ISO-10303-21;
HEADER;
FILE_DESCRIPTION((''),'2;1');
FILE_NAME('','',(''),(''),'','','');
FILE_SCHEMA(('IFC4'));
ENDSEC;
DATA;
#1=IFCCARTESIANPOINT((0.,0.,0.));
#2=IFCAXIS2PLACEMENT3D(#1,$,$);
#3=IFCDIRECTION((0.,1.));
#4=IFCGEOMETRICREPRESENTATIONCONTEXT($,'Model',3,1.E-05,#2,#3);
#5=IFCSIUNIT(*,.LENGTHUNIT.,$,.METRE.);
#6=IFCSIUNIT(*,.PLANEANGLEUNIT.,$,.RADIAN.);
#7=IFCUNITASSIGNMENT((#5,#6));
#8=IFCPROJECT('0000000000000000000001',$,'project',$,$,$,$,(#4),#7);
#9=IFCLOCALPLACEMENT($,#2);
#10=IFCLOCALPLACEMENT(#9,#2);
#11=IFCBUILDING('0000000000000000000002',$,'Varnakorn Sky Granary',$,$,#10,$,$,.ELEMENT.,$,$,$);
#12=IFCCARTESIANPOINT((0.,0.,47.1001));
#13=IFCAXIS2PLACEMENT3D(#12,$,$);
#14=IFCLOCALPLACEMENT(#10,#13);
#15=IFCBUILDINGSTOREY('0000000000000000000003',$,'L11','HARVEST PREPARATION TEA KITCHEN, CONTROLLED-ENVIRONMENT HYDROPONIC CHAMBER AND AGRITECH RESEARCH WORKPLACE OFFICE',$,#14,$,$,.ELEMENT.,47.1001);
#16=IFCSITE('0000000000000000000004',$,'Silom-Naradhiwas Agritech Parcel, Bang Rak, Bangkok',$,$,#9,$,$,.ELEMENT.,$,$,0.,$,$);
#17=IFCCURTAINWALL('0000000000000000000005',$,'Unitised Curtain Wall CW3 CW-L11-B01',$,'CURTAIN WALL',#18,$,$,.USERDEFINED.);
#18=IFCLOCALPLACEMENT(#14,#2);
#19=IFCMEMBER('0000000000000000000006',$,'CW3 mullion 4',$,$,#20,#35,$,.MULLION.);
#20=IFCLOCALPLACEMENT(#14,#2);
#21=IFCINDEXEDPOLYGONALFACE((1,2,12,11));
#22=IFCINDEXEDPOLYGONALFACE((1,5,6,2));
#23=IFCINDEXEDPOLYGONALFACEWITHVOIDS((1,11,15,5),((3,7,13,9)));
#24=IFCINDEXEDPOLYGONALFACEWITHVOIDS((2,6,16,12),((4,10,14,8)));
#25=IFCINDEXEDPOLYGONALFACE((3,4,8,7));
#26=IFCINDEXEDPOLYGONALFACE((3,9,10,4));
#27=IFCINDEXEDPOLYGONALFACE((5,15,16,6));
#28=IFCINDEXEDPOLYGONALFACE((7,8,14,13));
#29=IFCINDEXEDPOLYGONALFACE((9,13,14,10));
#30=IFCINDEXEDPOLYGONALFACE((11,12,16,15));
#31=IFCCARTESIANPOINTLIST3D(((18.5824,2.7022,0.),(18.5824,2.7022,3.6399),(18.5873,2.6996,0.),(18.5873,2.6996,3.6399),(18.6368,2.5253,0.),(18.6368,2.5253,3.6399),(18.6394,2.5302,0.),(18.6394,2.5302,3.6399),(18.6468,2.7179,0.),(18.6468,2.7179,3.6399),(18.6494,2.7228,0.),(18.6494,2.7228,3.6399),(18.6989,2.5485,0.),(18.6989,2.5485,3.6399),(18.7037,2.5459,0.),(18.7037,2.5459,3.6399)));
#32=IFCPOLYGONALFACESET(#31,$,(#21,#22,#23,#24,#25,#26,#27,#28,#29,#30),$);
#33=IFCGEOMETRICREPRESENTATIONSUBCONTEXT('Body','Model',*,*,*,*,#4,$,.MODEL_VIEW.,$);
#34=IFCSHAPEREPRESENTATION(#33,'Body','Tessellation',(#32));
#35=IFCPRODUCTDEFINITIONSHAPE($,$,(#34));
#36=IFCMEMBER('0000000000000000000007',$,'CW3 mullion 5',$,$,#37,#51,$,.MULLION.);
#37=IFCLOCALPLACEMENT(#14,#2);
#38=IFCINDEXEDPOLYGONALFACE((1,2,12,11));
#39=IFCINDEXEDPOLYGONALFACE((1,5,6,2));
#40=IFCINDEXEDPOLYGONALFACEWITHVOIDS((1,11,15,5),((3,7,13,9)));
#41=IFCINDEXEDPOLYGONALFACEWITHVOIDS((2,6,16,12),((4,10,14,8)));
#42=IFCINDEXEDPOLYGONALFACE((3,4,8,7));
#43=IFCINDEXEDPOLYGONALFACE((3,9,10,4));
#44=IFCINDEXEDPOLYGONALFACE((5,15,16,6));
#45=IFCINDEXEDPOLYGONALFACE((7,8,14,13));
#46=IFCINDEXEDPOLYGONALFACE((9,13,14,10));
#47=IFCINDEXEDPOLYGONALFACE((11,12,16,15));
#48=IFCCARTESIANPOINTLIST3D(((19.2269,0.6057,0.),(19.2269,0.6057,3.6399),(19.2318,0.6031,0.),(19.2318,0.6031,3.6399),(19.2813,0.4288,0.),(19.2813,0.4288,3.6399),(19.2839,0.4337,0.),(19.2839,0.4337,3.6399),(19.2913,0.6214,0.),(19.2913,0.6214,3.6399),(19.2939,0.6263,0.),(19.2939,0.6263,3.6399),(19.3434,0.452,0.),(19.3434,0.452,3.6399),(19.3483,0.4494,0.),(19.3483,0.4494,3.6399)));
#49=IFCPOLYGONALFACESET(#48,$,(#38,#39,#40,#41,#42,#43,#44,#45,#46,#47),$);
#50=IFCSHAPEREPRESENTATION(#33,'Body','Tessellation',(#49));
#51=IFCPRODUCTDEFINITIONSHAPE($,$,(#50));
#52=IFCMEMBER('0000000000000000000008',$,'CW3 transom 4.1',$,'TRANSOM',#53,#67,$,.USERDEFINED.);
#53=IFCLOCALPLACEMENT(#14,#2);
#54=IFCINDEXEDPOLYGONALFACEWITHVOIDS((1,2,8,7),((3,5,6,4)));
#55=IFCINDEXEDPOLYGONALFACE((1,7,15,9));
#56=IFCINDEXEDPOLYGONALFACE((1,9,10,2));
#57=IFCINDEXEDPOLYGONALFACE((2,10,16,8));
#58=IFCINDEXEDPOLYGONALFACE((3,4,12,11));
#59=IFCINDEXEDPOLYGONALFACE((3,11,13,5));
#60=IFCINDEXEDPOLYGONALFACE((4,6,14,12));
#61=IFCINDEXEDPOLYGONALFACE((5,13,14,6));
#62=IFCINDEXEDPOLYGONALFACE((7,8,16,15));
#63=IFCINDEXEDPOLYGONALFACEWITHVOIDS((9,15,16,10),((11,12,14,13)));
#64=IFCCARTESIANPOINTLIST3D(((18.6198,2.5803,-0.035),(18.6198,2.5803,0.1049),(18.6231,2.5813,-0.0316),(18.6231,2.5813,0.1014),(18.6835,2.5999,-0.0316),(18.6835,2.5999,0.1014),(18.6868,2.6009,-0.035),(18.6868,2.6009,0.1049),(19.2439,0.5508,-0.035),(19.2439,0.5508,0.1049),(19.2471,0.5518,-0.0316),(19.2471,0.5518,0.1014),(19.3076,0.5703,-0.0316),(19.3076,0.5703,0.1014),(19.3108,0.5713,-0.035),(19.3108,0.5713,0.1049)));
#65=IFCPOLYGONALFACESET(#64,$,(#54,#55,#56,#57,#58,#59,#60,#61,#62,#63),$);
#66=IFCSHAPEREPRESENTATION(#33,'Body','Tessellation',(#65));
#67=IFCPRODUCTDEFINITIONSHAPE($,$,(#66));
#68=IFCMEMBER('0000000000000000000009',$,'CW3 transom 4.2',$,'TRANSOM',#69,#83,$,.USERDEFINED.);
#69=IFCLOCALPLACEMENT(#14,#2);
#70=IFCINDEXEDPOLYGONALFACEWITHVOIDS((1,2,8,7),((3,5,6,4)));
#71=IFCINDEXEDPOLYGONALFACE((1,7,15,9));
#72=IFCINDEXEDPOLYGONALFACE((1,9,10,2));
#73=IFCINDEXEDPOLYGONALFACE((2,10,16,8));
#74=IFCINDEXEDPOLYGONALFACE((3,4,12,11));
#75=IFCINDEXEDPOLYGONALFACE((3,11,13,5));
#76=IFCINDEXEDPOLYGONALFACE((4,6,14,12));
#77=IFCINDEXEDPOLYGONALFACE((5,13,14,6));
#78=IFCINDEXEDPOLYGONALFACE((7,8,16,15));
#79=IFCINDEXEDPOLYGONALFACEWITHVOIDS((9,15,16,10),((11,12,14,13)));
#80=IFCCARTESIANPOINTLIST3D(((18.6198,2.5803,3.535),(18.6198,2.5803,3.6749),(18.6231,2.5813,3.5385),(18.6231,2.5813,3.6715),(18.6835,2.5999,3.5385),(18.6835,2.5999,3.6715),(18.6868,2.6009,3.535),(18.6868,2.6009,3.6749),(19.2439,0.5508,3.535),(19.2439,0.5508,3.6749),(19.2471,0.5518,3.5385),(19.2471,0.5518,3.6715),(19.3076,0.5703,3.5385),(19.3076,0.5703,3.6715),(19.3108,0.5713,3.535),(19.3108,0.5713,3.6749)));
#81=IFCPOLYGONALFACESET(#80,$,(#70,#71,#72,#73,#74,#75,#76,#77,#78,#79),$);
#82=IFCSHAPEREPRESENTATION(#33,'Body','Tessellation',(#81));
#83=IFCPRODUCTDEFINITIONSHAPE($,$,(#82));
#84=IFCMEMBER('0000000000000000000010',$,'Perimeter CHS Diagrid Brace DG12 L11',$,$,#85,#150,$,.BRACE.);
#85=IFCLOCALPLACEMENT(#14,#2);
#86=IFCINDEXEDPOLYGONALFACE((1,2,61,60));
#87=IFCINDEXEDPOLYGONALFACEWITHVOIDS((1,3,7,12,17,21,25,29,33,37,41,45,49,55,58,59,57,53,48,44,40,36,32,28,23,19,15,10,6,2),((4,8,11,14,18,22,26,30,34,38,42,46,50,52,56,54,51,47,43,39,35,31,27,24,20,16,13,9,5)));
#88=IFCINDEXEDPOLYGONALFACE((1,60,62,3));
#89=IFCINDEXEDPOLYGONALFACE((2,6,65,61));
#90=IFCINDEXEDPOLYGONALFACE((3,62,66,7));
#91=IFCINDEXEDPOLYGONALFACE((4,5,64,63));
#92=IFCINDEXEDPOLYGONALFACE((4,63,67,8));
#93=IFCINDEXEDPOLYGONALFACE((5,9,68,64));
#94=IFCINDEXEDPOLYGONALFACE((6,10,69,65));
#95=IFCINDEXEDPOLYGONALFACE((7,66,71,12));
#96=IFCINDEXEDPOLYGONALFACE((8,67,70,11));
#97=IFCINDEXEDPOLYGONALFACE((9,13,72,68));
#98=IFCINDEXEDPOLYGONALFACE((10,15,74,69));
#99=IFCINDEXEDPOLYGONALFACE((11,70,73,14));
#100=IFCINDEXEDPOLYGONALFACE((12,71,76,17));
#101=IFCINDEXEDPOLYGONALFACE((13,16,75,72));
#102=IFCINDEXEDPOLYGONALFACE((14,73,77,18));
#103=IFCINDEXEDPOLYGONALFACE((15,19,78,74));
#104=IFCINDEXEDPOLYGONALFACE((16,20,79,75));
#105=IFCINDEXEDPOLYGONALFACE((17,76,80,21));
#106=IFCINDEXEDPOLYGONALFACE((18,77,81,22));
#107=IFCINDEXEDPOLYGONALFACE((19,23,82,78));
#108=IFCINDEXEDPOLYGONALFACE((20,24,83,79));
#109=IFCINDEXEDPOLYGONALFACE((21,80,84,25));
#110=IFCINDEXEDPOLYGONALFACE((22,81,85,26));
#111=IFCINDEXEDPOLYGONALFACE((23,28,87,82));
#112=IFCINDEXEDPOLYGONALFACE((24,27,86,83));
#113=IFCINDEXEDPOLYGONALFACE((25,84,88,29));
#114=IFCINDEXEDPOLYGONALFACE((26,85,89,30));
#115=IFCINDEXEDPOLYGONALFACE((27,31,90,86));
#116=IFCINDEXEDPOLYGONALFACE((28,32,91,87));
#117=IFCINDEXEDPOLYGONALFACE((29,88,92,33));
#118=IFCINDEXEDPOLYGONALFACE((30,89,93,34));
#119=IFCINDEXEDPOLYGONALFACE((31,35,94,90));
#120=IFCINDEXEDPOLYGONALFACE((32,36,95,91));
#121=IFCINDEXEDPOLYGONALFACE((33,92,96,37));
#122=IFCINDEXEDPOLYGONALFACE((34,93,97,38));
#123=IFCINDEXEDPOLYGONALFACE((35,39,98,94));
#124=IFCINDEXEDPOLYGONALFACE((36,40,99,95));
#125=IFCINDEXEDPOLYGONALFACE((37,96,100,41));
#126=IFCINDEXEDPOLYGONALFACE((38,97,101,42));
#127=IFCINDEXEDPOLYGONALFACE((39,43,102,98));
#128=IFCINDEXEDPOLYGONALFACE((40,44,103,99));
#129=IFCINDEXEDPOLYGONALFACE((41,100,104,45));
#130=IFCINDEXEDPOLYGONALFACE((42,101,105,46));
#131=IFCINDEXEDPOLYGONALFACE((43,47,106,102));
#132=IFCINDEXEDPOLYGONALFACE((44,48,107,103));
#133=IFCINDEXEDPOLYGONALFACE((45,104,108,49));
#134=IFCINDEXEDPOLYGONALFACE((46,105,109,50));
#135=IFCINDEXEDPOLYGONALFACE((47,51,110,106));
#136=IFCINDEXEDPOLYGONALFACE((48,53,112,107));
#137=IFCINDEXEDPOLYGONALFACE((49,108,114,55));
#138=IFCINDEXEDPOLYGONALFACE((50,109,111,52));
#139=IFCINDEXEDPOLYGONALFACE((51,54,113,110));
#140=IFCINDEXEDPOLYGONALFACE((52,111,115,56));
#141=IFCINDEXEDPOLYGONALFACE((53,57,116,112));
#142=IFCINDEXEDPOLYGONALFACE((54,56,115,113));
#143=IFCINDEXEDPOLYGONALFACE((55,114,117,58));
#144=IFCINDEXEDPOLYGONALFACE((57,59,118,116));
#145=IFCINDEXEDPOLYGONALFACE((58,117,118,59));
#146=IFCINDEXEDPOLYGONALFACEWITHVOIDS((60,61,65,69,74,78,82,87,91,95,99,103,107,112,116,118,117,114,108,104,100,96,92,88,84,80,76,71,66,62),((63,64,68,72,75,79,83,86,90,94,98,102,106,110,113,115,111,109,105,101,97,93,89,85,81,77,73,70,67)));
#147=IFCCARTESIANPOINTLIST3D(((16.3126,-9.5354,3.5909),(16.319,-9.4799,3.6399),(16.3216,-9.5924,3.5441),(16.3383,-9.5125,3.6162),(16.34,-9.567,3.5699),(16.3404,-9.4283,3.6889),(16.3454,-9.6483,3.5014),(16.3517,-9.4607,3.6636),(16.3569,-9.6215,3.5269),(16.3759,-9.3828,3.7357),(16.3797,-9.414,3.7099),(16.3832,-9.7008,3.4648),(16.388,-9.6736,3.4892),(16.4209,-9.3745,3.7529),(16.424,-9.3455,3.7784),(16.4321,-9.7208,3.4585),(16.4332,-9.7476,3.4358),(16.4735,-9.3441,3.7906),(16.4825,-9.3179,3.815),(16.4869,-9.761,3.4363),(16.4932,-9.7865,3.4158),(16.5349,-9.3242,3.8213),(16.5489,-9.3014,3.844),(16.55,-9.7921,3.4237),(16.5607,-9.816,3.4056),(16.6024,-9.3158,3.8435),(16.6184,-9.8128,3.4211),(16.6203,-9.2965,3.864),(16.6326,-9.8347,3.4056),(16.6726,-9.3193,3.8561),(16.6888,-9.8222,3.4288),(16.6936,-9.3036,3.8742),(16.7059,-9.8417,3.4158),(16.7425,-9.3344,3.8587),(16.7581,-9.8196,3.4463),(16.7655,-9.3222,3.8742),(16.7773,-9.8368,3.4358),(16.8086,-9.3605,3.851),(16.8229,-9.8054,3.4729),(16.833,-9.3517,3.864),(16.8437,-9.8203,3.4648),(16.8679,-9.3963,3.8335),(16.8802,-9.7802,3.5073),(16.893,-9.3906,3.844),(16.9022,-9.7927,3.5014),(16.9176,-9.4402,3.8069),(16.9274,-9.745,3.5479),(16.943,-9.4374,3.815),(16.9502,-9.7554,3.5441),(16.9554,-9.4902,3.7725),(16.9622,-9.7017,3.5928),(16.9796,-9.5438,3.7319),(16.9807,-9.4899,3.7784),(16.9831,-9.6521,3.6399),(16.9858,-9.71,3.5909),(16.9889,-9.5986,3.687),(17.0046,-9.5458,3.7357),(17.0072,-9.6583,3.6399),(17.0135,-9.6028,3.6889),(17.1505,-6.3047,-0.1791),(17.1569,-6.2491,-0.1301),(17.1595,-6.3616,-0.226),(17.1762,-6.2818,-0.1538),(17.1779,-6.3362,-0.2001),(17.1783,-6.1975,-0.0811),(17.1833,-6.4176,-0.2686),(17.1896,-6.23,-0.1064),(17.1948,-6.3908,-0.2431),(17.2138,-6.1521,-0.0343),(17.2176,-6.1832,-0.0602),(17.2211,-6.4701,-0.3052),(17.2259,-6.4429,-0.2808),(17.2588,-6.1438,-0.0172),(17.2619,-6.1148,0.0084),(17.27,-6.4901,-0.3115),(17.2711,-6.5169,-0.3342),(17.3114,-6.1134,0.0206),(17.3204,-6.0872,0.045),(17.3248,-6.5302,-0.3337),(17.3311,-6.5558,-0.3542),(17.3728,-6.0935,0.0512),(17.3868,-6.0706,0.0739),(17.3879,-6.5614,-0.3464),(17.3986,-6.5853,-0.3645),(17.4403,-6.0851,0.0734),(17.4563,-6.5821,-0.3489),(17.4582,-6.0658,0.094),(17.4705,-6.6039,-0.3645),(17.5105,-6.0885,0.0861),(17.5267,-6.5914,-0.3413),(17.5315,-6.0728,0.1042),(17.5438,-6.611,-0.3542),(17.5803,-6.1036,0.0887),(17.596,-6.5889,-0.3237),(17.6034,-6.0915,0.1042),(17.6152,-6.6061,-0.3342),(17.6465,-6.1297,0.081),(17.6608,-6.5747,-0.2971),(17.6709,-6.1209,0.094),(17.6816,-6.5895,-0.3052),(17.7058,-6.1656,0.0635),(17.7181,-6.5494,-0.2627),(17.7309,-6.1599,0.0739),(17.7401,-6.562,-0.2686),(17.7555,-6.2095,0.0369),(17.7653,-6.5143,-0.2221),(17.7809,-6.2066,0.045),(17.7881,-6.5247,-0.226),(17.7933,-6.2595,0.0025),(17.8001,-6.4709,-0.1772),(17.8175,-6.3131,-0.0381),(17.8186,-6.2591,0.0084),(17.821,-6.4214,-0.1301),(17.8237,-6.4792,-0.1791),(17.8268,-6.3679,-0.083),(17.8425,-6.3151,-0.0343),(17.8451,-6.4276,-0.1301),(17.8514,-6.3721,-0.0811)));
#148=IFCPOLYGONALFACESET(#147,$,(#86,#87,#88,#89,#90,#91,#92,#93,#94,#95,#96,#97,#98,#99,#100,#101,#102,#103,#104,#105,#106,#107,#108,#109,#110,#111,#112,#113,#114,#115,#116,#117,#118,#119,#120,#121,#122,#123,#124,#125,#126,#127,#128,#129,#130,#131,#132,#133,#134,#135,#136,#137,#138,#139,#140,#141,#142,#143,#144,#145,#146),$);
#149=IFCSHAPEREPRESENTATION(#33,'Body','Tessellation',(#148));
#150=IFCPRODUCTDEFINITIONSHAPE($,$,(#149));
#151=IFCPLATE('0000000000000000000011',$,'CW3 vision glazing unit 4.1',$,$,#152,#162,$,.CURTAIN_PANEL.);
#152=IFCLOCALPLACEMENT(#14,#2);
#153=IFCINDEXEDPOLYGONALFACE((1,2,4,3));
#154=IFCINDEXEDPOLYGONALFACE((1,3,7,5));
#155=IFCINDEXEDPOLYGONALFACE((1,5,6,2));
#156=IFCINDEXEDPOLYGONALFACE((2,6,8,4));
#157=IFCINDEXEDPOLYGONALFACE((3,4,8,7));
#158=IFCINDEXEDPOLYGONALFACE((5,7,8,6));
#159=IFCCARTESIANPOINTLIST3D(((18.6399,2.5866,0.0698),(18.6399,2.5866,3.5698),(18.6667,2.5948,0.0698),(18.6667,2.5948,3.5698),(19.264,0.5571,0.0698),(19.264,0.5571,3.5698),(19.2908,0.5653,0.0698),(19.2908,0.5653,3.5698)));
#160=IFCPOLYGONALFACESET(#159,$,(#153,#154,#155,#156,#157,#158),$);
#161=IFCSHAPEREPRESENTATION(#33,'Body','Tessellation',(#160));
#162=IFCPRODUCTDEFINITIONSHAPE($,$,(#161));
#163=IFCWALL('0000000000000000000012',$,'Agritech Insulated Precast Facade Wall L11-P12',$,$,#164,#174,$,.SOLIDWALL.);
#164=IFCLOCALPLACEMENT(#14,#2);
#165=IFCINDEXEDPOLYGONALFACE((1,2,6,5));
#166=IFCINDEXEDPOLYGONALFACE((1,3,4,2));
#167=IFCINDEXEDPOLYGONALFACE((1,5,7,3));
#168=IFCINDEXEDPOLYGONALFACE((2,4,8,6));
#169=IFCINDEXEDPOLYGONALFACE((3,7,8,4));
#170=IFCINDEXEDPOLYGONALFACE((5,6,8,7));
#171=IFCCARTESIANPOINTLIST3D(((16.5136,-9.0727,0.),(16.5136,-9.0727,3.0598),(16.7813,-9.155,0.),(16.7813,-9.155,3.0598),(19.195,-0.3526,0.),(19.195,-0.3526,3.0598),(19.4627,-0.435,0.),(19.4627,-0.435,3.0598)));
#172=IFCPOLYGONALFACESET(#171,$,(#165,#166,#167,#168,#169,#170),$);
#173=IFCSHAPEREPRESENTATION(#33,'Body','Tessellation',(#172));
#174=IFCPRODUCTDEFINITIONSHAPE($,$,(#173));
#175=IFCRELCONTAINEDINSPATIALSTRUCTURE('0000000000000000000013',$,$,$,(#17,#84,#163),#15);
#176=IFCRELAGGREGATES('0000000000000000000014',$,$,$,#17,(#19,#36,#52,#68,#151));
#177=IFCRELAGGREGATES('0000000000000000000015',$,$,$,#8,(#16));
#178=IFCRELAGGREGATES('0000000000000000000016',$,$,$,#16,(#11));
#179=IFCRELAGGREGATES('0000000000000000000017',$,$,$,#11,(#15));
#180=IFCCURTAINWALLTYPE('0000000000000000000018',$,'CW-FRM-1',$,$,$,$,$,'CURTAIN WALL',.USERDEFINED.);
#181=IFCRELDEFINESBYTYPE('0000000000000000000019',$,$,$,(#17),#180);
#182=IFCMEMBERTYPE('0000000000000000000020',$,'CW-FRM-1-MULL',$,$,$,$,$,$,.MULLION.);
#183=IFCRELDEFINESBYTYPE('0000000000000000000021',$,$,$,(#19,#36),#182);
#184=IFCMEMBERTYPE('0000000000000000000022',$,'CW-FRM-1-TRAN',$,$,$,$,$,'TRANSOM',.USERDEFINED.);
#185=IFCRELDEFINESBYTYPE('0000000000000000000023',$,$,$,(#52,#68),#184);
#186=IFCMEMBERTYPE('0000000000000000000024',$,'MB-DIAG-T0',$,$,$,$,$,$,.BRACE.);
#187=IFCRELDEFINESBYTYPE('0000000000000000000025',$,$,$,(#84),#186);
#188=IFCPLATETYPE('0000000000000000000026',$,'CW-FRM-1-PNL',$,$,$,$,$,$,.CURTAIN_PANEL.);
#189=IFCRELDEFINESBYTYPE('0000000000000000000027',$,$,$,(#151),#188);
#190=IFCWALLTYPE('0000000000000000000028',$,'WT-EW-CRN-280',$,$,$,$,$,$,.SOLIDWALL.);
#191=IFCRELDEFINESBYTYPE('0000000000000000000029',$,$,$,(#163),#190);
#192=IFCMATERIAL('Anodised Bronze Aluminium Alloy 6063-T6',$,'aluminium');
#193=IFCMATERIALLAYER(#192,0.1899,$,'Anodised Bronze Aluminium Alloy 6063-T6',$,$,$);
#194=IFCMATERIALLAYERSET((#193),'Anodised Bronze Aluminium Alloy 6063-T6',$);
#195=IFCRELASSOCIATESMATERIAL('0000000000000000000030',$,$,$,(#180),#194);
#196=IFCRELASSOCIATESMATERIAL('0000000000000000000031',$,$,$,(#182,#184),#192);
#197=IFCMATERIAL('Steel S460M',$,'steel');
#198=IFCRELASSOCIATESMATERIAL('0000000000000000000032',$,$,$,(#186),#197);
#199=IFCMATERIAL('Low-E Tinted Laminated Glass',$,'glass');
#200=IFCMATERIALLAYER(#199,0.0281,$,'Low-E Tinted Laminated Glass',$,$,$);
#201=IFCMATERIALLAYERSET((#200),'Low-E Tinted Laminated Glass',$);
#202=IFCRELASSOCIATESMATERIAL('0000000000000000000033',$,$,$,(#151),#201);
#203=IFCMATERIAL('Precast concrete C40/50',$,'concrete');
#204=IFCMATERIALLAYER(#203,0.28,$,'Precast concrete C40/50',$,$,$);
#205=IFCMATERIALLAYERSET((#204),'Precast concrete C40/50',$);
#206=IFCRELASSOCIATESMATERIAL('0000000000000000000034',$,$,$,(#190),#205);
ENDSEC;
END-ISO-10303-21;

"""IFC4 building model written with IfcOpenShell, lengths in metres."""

from ifc_helpers import new_model, si_unit, direction, frame, frame_2d, origin, origin_2d, place, context, subcontext, project, spatial, rectangle, hollow_rectangle, hollow_circle, extrude, source, transform, mapped, material, layer, layer_set, material_profile, profile_set, type_object, type_shapes, element, aggregate, save


model = new_model("IFC4")

# Units and contexts
model_context = context("Model", 3, precision=1e-05, world=origin(), true_north=direction((0.0, 1.0)))
body_context = subcontext(model_context, "Body", "Model", "MODEL_VIEW")
ifc_project = project(units=[si_unit("LENGTHUNIT", "METRE"), si_unit("PLANEANGLEUNIT", "RADIAN")], contexts=[model_context])

# Site, building, storey
site_placement = place(None, origin())
site = spatial("IfcSite", under=ifc_project, at=site_placement, Name="Silom-Naradhiwas Agritech Parcel, Bang Rak, Bangkok", CompositionType="ELEMENT", RefElevation=0.0)
building_placement = place(site_placement, origin())
building = spatial("IfcBuilding", under=site, at=building_placement, Name="Varnakorn Sky Granary", CompositionType="ELEMENT")
storey_placement = place(building_placement, frame((0.0, 0.0, 47.1001)))
storey = spatial("IfcBuildingStorey", under=building, at=storey_placement, Name="L11", Description="HARVEST PREPARATION TEA KITCHEN, CONTROLLED-ENVIRONMENT HYDROPONIC CHAMBER AND AGRITECH RESEARCH WORKPLACE OFFICE", CompositionType="ELEMENT", Elevation=47.1001)

# Shared definitions
ifc_material_1 = material(Name="Steel S460M", Category="steel")

# Curtain wall, members
ifc_material_2 = material(Name="Anodised Bronze Aluminium Alloy 6063-T6", Category="aluminium")
ifc_layer_1 = layer(ifc_material_2, 0.1899, Name="Anodised Bronze Aluminium Alloy 6063-T6")
ifc_layer_set_1 = layer_set([ifc_layer_1], Name="Anodised Bronze Aluminium Alloy 6063-T6")
curtain_wall_type = type_object("IfcCurtainWallType", Name="CW-FRM-1", ElementType="CURTAIN WALL", PredefinedType="USERDEFINED", material=ifc_layer_set_1)
curtain_wall_placement = place(storey_placement, origin())
curtain_wall = element("IfcCurtainWall", 1, at=curtain_wall_placement, inside=storey, type_object=curtain_wall_type, Name="Unitised Curtain Wall CW3 CW-L11-B01", ObjectType="CURTAIN WALL", PredefinedType="USERDEFINED")
ifc_material_profile_1 = material_profile(ifc_material_2, hollow_rectangle(XDim=0.0701, YDim=0.1851, WallThickness=0.0039, at=origin_2d()), Name="ALU MULL 70x185")
ifc_profile_set_1 = profile_set([ifc_material_profile_1], Name="Anodised Bronze Aluminium Alloy 6063-T6")
member_type_1 = type_object("IfcMemberType", Name="CW-FRM-1-MULL", PredefinedType="MULLION", material=ifc_profile_set_1)
member_1_placement = place(storey_placement, frame((18.6431, 2.624, 0.0), z_axis=(0.0, 0.0, 1.0), x_axis=(0.955828, 0.293926, 0.0)))
member_1 = element("IfcMember", 2, at=member_1_placement, type_object=member_type_1, Name="CW3 mullion 4", PredefinedType="MULLION", context=body_context, shape_type="SweptSolid", body=[
    extrude(hollow_rectangle(XDim=0.0701, YDim=0.1851, WallThickness=0.0039, at=origin_2d()), origin(), (0.0, 0.0, 1.0), 3.6399),
])
member_2_placement = place(storey_placement, frame((19.2876, 0.5276, 0.0), z_axis=(0.0, 0.0, 1.0), x_axis=(0.955828, 0.293926, 0.0)))
member_2 = element("IfcMember", 3, at=member_2_placement, type_object=member_type_1, Name="CW3 mullion 5", PredefinedType="MULLION", context=body_context, shape_type="SweptSolid", body=[
    extrude(hollow_rectangle(XDim=0.0701, YDim=0.1851, WallThickness=0.0039, at=origin_2d()), origin(), (0.0, 0.0, 1.0), 3.6399),
])
ifc_material_profile_2 = material_profile(ifc_material_2, hollow_rectangle(XDim=0.0701, YDim=0.1399, WallThickness=0.0034, at=origin_2d()), Name="ALU TRAN 70x140")
ifc_profile_set_2 = profile_set([ifc_material_profile_2], Name="Anodised Bronze Aluminium Alloy 6063-T6")
member_type_2 = type_object("IfcMemberType", Name="CW-FRM-1-TRAN", ElementType="TRANSOM", PredefinedType="USERDEFINED", material=ifc_profile_set_2)
member_3_placement = place(storey_placement, frame((18.6533, 2.5906, 0.0349), z_axis=(0.293892, -0.955839, 0.0), x_axis=(0.955839, 0.293892, 0.0)))
member_3 = element("IfcMember", 4, at=member_3_placement, type_object=member_type_2, Name="CW3 transom 4.1", ObjectType="TRANSOM", PredefinedType="USERDEFINED", context=body_context, shape_type="SweptSolid", body=[
    extrude(hollow_rectangle(XDim=0.0701, YDim=0.1399, WallThickness=0.0034, at=origin_2d()), origin(), (0.0, 0.0, 1.0), 2.1233),
])
member_4_placement = place(storey_placement, frame((18.6533, 2.5906, 3.605), z_axis=(0.293892, -0.955839, 0.0), x_axis=(0.955839, 0.293892, 0.0)))
member_4 = element("IfcMember", 5, at=member_4_placement, type_object=member_type_2, Name="CW3 transom 4.2", ObjectType="TRANSOM", PredefinedType="USERDEFINED", context=body_context, shape_type="SweptSolid", body=[
    extrude(hollow_rectangle(XDim=0.0701, YDim=0.1399, WallThickness=0.0034, at=origin_2d()), origin(), (0.0, 0.0, 1.0), 2.1233),
])

# Member
ifc_material_profile_3 = material_profile(ifc_material_1, hollow_circle(Radius=0.3555, WallThickness=0.0249, at=origin_2d()), Name="CHS 711x25")
ifc_profile_set_3 = profile_set([ifc_material_profile_3], Name="Steel S460M")
member_type_3 = type_object("IfcMemberType", Name="MB-DIAG-T0", PredefinedType="BRACE", material=ifc_profile_set_3)
member_5_placement = place(storey_placement, frame((17.501, -6.3384, -0.1301), z_axis=(-0.166409, -0.641633, 0.748742), x_axis=(0.967975, -0.251046, 0.0)))
element("IfcMember", 6, at=member_5_placement, inside=storey, type_object=member_type_3, Name="Perimeter CHS Diagrid Brace DG12 L11", PredefinedType="BRACE", context=body_context, shape_type="SweptSolid", body=[
    extrude(hollow_circle(Radius=0.3555, WallThickness=0.0249, at=origin_2d()), origin(), (0.0, 0.0, 1.0), 5.0352),
])

# Plate
ifc_material_3 = material(Name="Low-E Tinted Laminated Glass", Category="glass")
ifc_layer_2 = layer(ifc_material_3, 0.0281, Name="Low-E Tinted Laminated Glass")
ifc_layer_set_2 = layer_set([ifc_layer_2], Name="Low-E Tinted Laminated Glass")
plate_type = type_object("IfcPlateType", Name="CW-FRM-1-PNL", PredefinedType="CURTAIN_PANEL")
shared_shape_1 = source(origin(), body_context, "Body", "SweptSolid", [
    extrude(rectangle(XDim=2.1233, YDim=0.0281, at=origin_2d()), origin(), (0.0, 0.0, 1.0), 3.5),
])
type_shapes(plate_type, [shared_shape_1])
plate_placement = place(storey_placement, frame((18.9653, 1.5759, 0.0698), z_axis=(0.0, 0.0, 1.0), x_axis=(0.293926, -0.955828, 0.0)))
plate = element("IfcPlate", 7, at=plate_placement, type_object=plate_type, material=ifc_layer_set_2, Name="CW3 vision glazing unit 4.1", PredefinedType="CURTAIN_PANEL", context=body_context, shape_type="MappedRepresentation", body=[
    mapped(shared_shape_1, transform((0.0, 0.0, 0.0), x_axis=(1.0, 0.0, 0.0), y_axis=(0.0, 1.0, 0.0), z_axis=(0.0, 0.0, 1.0), scale=1.0)),
])
aggregate(curtain_wall, [member_1, member_2, member_3, member_4, plate])

# Wall
ifc_material_4 = material(Name="Precast concrete C40/50", Category="concrete")
ifc_layer_3 = layer(ifc_material_4, 0.28, Name="Precast concrete C40/50")
ifc_layer_set_3 = layer_set([ifc_layer_3], Name="Precast concrete C40/50")
wall_type_1 = type_object("IfcWallType", Name="WT-EW-CRN-280", PredefinedType="SOLIDWALL", material=ifc_layer_set_3)
wall_1_placement = place(storey_placement, frame((19.3289, -0.3938, 0.0), z_axis=(0.0, 0.0, 1.0), x_axis=(-0.293918, -0.95583, 0.0)))
element("IfcWall", 8, at=wall_1_placement, inside=storey, type_object=wall_type_1, Name="Agritech Insulated Precast Facade Wall L11-P12", PredefinedType="SOLIDWALL", context=body_context, shape_type="SweptSolid", body=[
    extrude(rectangle(XDim=9.123, YDim=0.28, at=frame_2d((4.5615, 0.0))), origin(), (0.0, 0.0, 1.0), 3.0598),
])

save(model, "model.ifc")
